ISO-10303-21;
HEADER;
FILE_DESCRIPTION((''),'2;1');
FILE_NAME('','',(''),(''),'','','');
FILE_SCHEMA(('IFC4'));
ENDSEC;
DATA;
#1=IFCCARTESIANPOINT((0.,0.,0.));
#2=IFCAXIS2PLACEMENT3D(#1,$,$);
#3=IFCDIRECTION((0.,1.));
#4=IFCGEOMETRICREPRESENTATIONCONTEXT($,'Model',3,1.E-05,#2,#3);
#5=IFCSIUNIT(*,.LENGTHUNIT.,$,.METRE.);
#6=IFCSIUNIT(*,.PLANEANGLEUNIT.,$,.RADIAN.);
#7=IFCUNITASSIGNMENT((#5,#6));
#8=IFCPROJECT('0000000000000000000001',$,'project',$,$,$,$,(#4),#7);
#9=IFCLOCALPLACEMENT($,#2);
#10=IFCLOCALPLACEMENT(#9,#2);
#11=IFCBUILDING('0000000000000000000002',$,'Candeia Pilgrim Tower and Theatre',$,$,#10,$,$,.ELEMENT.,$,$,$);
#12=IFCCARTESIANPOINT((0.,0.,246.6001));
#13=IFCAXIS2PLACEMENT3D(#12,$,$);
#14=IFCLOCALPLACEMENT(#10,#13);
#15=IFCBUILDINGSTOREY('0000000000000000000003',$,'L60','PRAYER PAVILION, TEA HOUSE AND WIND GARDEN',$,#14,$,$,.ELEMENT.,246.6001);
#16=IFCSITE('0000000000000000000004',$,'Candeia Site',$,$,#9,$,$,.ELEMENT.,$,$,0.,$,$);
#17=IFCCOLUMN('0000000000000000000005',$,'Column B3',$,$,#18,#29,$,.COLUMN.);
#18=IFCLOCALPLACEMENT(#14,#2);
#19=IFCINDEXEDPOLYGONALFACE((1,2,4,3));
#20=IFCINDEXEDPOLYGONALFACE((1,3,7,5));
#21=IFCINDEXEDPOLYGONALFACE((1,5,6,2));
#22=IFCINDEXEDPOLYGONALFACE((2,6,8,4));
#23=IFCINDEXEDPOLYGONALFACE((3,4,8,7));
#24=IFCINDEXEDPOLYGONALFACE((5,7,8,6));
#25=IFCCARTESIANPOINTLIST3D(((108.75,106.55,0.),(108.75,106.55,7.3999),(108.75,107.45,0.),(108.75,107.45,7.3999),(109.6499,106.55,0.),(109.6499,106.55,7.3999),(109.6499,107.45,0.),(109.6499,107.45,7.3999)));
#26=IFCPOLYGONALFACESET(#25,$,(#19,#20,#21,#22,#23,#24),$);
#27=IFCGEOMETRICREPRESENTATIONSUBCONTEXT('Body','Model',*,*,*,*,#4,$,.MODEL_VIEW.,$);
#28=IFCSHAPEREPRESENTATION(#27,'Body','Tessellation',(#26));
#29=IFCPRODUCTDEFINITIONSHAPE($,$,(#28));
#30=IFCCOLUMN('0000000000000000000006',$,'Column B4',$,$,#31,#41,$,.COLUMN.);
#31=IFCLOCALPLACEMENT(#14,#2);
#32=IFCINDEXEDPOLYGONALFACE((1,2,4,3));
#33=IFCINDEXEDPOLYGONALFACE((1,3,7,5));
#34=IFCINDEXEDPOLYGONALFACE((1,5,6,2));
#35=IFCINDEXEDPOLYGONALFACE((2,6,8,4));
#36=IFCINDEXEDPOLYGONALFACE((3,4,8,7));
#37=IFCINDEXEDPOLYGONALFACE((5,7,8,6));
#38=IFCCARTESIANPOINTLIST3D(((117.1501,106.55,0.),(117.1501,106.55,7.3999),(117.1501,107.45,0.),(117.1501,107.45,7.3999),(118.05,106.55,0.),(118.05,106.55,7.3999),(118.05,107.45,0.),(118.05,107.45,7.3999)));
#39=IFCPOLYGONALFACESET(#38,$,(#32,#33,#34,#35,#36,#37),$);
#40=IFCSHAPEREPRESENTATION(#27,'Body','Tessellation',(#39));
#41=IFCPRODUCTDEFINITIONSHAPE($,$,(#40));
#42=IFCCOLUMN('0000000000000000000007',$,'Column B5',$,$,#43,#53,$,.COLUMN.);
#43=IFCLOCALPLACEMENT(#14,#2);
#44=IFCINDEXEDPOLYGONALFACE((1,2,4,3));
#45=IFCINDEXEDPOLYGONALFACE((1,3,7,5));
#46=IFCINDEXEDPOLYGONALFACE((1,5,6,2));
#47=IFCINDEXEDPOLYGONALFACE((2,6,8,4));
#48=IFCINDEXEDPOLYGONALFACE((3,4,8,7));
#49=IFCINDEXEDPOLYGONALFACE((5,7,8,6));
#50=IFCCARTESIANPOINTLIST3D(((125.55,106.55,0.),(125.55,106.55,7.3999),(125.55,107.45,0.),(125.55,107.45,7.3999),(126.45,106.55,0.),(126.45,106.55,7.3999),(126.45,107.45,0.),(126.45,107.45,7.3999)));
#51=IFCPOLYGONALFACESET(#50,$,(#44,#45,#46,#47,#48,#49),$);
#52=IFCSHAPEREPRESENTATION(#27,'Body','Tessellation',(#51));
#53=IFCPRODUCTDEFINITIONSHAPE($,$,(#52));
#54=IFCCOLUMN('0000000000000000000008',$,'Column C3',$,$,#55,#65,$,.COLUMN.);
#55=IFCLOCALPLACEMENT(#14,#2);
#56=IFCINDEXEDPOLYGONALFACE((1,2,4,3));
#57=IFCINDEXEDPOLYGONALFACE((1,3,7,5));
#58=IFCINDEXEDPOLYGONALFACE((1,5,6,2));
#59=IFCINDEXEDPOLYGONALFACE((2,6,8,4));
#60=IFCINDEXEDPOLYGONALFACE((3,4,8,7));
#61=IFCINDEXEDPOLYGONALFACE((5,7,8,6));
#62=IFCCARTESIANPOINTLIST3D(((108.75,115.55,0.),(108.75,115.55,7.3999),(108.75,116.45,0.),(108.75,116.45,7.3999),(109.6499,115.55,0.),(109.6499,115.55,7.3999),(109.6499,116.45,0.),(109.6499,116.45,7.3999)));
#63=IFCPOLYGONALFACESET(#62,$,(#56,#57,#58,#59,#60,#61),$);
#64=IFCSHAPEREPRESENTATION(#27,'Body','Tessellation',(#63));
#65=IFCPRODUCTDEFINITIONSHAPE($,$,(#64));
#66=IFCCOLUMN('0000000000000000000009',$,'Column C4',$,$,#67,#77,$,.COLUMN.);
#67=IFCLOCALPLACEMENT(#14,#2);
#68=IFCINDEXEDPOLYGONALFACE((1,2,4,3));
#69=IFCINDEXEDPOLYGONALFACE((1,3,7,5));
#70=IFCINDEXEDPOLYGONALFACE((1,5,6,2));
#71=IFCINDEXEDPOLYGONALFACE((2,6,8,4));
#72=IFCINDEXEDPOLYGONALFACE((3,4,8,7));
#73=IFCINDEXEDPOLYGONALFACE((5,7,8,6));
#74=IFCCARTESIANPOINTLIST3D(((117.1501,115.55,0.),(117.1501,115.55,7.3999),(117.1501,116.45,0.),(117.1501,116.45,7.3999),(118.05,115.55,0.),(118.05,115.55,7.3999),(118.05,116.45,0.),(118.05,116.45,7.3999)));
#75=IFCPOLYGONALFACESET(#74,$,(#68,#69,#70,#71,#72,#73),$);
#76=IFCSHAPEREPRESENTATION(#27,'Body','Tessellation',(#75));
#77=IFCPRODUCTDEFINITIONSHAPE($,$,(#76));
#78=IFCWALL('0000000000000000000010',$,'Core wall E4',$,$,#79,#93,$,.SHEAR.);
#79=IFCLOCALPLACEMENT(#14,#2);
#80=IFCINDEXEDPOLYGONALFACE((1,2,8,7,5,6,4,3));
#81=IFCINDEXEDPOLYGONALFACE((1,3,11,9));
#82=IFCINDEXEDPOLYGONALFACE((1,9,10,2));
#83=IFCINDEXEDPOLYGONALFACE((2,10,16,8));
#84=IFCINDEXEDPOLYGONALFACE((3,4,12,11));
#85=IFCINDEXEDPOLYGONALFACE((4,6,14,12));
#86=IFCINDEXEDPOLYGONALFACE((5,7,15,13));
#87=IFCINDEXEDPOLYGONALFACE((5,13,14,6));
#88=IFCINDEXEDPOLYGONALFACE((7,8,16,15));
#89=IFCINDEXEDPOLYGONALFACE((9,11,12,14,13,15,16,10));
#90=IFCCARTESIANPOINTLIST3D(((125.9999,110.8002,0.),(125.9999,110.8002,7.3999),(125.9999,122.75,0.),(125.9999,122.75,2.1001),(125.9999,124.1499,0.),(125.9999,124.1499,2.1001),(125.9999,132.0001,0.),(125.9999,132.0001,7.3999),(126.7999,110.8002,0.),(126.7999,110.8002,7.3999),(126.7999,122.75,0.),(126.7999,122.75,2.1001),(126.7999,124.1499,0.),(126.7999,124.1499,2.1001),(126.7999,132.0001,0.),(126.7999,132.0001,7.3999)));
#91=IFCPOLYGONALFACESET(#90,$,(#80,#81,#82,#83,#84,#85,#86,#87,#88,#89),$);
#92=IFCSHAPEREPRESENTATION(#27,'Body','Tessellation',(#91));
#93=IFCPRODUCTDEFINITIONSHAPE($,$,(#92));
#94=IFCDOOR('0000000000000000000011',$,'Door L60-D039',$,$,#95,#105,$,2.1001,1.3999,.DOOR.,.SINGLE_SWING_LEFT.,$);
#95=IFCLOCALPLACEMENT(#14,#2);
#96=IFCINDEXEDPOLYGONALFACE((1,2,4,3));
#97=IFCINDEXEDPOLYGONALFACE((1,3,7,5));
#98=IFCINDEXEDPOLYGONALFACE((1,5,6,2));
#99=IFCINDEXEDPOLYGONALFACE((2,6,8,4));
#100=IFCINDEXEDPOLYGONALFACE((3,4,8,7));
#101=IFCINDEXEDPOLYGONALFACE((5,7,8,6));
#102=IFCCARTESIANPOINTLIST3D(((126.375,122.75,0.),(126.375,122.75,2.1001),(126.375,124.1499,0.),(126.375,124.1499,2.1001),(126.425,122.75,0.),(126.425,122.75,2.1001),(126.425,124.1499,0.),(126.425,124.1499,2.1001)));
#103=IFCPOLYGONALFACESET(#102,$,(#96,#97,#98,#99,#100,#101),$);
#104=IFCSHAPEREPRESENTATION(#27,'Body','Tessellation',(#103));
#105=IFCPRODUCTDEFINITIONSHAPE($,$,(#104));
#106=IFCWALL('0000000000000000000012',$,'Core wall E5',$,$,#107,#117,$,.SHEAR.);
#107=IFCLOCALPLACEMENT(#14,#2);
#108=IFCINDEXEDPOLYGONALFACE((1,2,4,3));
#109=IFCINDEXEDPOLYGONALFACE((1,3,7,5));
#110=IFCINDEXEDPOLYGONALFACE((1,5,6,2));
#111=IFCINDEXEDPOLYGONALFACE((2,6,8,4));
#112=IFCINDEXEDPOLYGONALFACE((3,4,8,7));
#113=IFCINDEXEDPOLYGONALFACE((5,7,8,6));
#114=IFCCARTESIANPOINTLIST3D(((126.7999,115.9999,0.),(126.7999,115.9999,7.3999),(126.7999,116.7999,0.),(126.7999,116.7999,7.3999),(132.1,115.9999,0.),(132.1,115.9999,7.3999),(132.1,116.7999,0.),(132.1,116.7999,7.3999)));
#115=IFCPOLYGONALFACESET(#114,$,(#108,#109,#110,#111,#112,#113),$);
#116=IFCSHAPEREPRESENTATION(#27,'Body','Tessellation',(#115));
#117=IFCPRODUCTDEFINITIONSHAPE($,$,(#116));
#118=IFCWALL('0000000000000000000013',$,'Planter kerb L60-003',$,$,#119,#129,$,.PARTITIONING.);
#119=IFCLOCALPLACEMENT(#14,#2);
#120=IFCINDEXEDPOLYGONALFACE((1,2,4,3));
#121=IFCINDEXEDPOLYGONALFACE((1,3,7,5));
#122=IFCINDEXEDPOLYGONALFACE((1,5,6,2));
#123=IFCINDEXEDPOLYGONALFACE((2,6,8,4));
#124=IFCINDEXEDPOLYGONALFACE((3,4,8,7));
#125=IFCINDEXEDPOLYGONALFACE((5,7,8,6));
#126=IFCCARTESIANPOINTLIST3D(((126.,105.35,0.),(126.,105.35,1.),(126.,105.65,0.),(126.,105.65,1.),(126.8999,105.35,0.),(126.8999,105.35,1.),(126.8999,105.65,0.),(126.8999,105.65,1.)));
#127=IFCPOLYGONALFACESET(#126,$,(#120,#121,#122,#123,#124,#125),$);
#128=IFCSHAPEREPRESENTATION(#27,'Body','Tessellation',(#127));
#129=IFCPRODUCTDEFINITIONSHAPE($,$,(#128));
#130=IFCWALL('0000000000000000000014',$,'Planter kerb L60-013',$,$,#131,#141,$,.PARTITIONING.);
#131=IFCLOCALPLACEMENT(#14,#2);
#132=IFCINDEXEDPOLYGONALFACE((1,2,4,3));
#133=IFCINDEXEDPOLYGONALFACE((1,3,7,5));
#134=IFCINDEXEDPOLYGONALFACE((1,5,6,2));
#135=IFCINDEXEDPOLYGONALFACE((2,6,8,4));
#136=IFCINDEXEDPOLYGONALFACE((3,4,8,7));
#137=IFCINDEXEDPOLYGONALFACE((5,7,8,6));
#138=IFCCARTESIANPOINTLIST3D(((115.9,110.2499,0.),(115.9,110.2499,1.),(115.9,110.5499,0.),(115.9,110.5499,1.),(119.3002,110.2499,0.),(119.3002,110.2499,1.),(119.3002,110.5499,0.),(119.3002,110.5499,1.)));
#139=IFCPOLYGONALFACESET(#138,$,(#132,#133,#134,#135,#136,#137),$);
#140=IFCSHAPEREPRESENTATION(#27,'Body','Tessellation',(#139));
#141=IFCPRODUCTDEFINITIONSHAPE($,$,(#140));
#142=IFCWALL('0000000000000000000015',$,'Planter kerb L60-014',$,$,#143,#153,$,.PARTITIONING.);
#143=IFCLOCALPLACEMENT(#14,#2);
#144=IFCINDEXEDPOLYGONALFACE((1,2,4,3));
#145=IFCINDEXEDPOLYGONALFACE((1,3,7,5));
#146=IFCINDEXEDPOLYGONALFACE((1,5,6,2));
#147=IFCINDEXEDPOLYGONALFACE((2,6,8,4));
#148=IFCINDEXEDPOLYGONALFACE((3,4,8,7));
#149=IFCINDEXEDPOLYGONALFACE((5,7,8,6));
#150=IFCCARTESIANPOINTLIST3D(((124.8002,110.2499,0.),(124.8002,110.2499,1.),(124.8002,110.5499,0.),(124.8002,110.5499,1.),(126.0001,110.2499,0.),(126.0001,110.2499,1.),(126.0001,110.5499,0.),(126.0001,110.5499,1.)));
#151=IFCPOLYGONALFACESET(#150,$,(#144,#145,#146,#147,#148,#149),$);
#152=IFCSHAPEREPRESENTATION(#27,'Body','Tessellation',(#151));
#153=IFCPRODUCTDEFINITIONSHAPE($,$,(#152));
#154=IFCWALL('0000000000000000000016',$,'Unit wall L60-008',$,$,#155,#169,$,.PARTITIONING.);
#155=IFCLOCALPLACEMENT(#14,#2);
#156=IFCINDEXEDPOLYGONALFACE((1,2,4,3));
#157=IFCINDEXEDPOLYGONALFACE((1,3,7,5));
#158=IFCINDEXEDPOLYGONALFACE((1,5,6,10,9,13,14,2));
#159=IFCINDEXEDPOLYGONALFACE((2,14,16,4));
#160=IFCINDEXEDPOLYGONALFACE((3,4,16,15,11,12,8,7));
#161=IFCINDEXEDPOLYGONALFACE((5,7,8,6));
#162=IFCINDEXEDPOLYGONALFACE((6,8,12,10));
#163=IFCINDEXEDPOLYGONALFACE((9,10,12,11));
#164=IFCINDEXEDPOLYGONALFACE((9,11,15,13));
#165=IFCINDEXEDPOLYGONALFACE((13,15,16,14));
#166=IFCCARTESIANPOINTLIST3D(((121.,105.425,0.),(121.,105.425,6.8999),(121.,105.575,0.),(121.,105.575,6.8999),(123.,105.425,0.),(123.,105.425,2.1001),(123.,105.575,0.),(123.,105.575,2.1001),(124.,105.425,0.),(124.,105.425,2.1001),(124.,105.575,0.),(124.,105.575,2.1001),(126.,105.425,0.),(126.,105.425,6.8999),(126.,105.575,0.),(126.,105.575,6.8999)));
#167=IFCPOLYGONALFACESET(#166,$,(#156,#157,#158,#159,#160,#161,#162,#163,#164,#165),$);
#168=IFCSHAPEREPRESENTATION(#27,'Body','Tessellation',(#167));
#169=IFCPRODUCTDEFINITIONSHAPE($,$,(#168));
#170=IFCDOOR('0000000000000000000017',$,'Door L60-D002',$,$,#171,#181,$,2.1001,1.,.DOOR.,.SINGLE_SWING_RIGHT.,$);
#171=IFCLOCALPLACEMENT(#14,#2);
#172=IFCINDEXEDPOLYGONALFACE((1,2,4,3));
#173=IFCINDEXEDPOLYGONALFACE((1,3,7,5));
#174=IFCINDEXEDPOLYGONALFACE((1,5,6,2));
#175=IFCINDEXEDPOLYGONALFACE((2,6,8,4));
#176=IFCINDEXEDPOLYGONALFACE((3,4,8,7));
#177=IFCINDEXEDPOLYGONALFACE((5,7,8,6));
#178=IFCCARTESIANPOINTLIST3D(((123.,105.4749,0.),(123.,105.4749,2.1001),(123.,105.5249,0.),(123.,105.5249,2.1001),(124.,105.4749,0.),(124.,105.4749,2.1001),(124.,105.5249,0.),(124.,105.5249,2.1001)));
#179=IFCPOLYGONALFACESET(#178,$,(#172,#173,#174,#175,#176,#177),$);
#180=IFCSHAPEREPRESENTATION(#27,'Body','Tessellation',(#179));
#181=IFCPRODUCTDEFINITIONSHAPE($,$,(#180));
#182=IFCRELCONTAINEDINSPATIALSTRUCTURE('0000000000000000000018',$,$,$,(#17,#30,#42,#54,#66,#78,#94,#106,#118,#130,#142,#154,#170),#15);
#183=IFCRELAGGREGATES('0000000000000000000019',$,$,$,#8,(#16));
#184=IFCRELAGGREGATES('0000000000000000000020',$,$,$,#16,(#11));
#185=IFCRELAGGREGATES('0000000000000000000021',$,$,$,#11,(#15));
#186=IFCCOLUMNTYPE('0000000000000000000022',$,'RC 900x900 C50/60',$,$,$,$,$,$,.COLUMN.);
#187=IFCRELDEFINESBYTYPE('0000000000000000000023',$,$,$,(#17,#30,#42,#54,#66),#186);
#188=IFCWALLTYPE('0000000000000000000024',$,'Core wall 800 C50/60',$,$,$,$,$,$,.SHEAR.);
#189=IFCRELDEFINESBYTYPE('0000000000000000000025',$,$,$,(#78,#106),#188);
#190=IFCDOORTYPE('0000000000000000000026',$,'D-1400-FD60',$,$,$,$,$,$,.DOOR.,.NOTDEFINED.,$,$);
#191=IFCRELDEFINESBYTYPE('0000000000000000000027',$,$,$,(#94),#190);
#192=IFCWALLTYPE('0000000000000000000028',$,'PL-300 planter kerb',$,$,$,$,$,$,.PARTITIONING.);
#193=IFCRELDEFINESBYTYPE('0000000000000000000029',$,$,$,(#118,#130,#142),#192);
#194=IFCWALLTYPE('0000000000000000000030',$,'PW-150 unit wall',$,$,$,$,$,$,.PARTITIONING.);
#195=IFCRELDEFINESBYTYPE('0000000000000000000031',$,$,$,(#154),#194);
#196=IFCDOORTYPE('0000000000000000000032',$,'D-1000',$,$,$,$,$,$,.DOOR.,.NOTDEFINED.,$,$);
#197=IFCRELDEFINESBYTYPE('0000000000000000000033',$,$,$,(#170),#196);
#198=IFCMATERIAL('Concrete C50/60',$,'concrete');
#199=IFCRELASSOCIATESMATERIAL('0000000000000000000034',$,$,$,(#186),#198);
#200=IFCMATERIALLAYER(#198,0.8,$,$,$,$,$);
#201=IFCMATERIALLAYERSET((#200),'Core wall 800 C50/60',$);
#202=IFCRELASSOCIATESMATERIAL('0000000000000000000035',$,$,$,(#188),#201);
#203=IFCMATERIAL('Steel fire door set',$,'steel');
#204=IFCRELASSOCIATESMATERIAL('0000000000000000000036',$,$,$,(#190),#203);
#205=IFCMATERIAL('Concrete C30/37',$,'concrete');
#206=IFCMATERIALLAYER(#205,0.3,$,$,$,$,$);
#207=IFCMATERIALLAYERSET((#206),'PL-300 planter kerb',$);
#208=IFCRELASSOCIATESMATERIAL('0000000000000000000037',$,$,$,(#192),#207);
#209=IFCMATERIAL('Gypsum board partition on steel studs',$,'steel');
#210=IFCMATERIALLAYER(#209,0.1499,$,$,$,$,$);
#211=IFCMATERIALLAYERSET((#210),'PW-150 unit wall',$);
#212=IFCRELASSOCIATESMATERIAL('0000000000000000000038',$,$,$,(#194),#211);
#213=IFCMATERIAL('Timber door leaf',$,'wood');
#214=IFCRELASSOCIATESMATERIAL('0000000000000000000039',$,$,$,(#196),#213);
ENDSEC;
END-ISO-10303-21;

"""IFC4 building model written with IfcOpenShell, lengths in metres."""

from ifc_helpers import new_model, si_unit, direction, frame, frame_2d, origin, origin_2d, place, context, subcontext, project, spatial, rectangle, extrude, material, layer, layer_set, material_profile, profile_set, type_object, element, fill, save


model = new_model("IFC4")

# Units and contexts
model_context = context("Model", 3, precision=1e-05, world=origin(), true_north=direction((0.0, 1.0)))
body_context = subcontext(model_context, "Body", "Model", "MODEL_VIEW")
ifc_project = project(units=[si_unit("LENGTHUNIT", "METRE"), si_unit("PLANEANGLEUNIT", "RADIAN")], contexts=[model_context])

# Site, building, storey
site_placement = place(None, origin())
site = spatial("IfcSite", under=ifc_project, at=site_placement, Name="Candeia Site", CompositionType="ELEMENT", RefElevation=0.0)
building_placement = place(site_placement, origin())
building = spatial("IfcBuilding", under=site, at=building_placement, Name="Candeia Pilgrim Tower and Theatre", CompositionType="ELEMENT")
storey_placement = place(building_placement, frame((0.0, 0.0, 246.6001)))
storey = spatial("IfcBuildingStorey", under=building, at=storey_placement, Name="L60", Description="PRAYER PAVILION, TEA HOUSE AND WIND GARDEN", CompositionType="ELEMENT", Elevation=246.6001)

# Columns
ifc_material_1 = material(Name="Concrete C50/60", Category="concrete")
ifc_material_profile = material_profile(ifc_material_1, rectangle(XDim=0.8999, YDim=0.8999, at=origin_2d()))
ifc_profile_set = profile_set([ifc_material_profile], Name="Concrete C50/60")
column_type = type_object("IfcColumnType", Name="RC 900x900 C50/60", PredefinedType="COLUMN", material=ifc_profile_set)
for number, where, z_axis, x_axis, name in (
    (1, (109.2, 107.0, 0.0), (0.0, 0.0, 1.0), (1.0, 0.0, 0.0), "Column B3"),
    (2, (117.6001, 107.0, 0.0), (0.0, 0.0, 1.0), (1.0, 0.0, 0.0), "Column B4"),
    (3, (126.0, 107.0, 0.0), (0.0, 0.0, 1.0), (1.0, 0.0, 0.0), "Column B5"),
    (4, (109.2, 116.0, 0.0), (0.0, 0.0, 1.0), (1.0, 0.0, 0.0), "Column C3"),
    (5, (117.6001, 116.0, 0.0), (0.0, 0.0, 1.0), (1.0, 0.0, 0.0), "Column C4"),
):
    element("IfcColumn", number, at=place(storey_placement, frame(where, z_axis=z_axis, x_axis=x_axis)), inside=storey, type_object=column_type, Name=name, PredefinedType="COLUMN", context=body_context, shape_type="SweptSolid", body=[
        extrude(rectangle(XDim=0.8999, YDim=0.8999, at=origin_2d()), origin(), (0.0, 0.0, 1.0), 7.3999),
    ])

# Wall, opening, door
ifc_layer_1 = layer(ifc_material_1, 0.8)
ifc_layer_set_1 = layer_set([ifc_layer_1], Name="Core wall 800 C50/60")
wall_type_1 = type_object("IfcWallType", Name="Core wall 800 C50/60", PredefinedType="SHEAR", material=ifc_layer_set_1)
wall_1_placement = place(storey_placement, frame((126.3999, 110.8, 0.0), z_axis=(0.0, 0.0, 1.0), x_axis=(0.0, 1.0, 0.0)))
wall_1 = element("IfcWall", 6, at=wall_1_placement, inside=storey, type_object=wall_type_1, Name="Core wall E4", PredefinedType="SHEAR", context=body_context, shape_type="SweptSolid", body=[
    extrude(rectangle(XDim=21.2, YDim=0.8, at=frame_2d((10.6001, 0.0))), origin(), (0.0, 0.0, 1.0), 7.3999),
])
opening_1_placement = place(wall_1_placement, frame((11.95, 0.0, 0.0)))
opening_1 = element("IfcOpeningElement", 7, at=opening_1_placement, cuts=wall_1, PredefinedType="OPENING", context=body_context, shape_type="SweptSolid", body=[
    extrude(rectangle(XDim=1.3999, YDim=2.1001, at=frame_2d((0.7, 1.05))), frame((0.0, 0.4102, 0.0), z_axis=(0.0, -1.0, 0.0), x_axis=(1.0, 0.0, 0.0)), (0.0, 0.0, 1.0), 0.8201),
])
ifc_material_2 = material(Name="Steel fire door set", Category="steel")
door_type_1 = type_object("IfcDoorType", Name="D-1400-FD60", OperationType="NOTDEFINED", PredefinedType="DOOR", material=ifc_material_2)
door_1_placement = place(opening_1_placement, origin())
door_1 = element("IfcDoor", 8, at=door_1_placement, inside=storey, type_object=door_type_1, Name="Door L60-D039", OperationType="SINGLE_SWING_LEFT", OverallHeight=2.1001, OverallWidth=1.3999, PredefinedType="DOOR", context=body_context, shape_type="SweptSolid", body=[
    extrude(rectangle(XDim=1.3999, YDim=2.1001, at=frame_2d((0.7, 1.05))), frame((0.0, 0.0249, 0.0), z_axis=(0.0, -1.0, 0.0), x_axis=(1.0, 0.0, 0.0)), (0.0, 0.0, 1.0), 0.05),
])
fill(opening_1, door_1)

# Walls
wall_2_placement = place(storey_placement, frame((126.8, 116.3999, 0.0), z_axis=(0.0, 0.0, 1.0), x_axis=(1.0, 0.0, 0.0)))
element("IfcWall", 9, at=wall_2_placement, inside=storey, type_object=wall_type_1, Name="Core wall E5", PredefinedType="SHEAR", context=body_context, shape_type="SweptSolid", body=[
    extrude(rectangle(XDim=5.3, YDim=0.8, at=frame_2d((2.6499, 0.0))), origin(), (0.0, 0.0, 1.0), 7.3999),
])
ifc_material_3 = material(Name="Concrete C30/37", Category="concrete")
ifc_layer_2 = layer(ifc_material_3, 0.3)
ifc_layer_set_2 = layer_set([ifc_layer_2], Name="PL-300 planter kerb")
wall_type_2 = type_object("IfcWallType", Name="PL-300 planter kerb", PredefinedType="PARTITIONING", material=ifc_layer_set_2)
wall_3_placement = place(storey_placement, frame((126.0, 105.5, 0.0), z_axis=(0.0, 0.0, 1.0), x_axis=(1.0, 0.0, 0.0)))
element("IfcWall", 10, at=wall_3_placement, inside=storey, type_object=wall_type_2, Name="Planter kerb L60-003", PredefinedType="PARTITIONING", context=body_context, shape_type="SweptSolid", body=[
    extrude(rectangle(XDim=0.8999, YDim=0.3, at=frame_2d((0.45, 0.0))), origin(), (0.0, 0.0, 1.0), 1.0),
])
wall_4_placement = place(storey_placement, frame((115.8999, 110.3999, 0.0), z_axis=(0.0, 0.0, 1.0), x_axis=(1.0, 0.0, 0.0)))
element("IfcWall", 11, at=wall_4_placement, inside=storey, type_object=wall_type_2, Name="Planter kerb L60-013", PredefinedType="PARTITIONING", context=body_context, shape_type="SweptSolid", body=[
    extrude(rectangle(XDim=3.4001, YDim=0.3, at=frame_2d((1.7002, 0.0))), origin(), (0.0, 0.0, 1.0), 1.0),
])
wall_5_placement = place(storey_placement, frame((124.8, 110.3999, 0.0), z_axis=(0.0, 0.0, 1.0), x_axis=(1.0, 0.0, 0.0)))
element("IfcWall", 12, at=wall_5_placement, inside=storey, type_object=wall_type_2, Name="Planter kerb L60-014", PredefinedType="PARTITIONING", context=body_context, shape_type="SweptSolid", body=[
    extrude(rectangle(XDim=1.2, YDim=0.3, at=frame_2d((0.6001, 0.0))), origin(), (0.0, 0.0, 1.0), 1.0),
])

# Wall, opening, door
ifc_material_4 = material(Name="Gypsum board partition on steel studs", Category="steel")
ifc_layer_3 = layer(ifc_material_4, 0.1499)
ifc_layer_set_3 = layer_set([ifc_layer_3], Name="PW-150 unit wall")
wall_type_3 = type_object("IfcWallType", Name="PW-150 unit wall", PredefinedType="PARTITIONING", material=ifc_layer_set_3)
wall_6_placement = place(storey_placement, frame((121.0, 105.5, 0.0), z_axis=(0.0, 0.0, 1.0), x_axis=(1.0, 0.0, 0.0)))
wall_6 = element("IfcWall", 13, at=wall_6_placement, inside=storey, type_object=wall_type_3, Name="Unit wall L60-008", PredefinedType="PARTITIONING", context=body_context, shape_type="SweptSolid", body=[
    extrude(rectangle(XDim=5.0, YDim=0.1499, at=frame_2d((2.5, 0.0))), origin(), (0.0, 0.0, 1.0), 6.8999),
])
opening_2_placement = place(wall_6_placement, frame((2.0, 0.0, 0.0)))
opening_2 = element("IfcOpeningElement", 14, at=opening_2_placement, cuts=wall_6, PredefinedType="OPENING", context=body_context, shape_type="SweptSolid", body=[
    extrude(rectangle(XDim=1.0, YDim=2.1001, at=frame_2d((0.5, 1.05))), frame((0.0, 0.085, 0.0), z_axis=(0.0, -1.0, 0.0), x_axis=(1.0, 0.0, 0.0)), (0.0, 0.0, 1.0), 0.1699),
])
ifc_material_5 = material(Name="Timber door leaf", Category="wood")
door_type_2 = type_object("IfcDoorType", Name="D-1000", OperationType="NOTDEFINED", PredefinedType="DOOR", material=ifc_material_5)
door_2_placement = place(opening_2_placement, origin())
door_2 = element("IfcDoor", 15, at=door_2_placement, inside=storey, type_object=door_type_2, Name="Door L60-D002", OperationType="SINGLE_SWING_RIGHT", OverallHeight=2.1001, OverallWidth=1.0, PredefinedType="DOOR", context=body_context, shape_type="SweptSolid", body=[
    extrude(rectangle(XDim=1.0, YDim=2.1001, at=frame_2d((0.5, 1.05))), frame((0.0, 0.0249, 0.0), z_axis=(0.0, -1.0, 0.0), x_axis=(1.0, 0.0, 0.0)), (0.0, 0.0, 1.0), 0.05),
])
fill(opening_2, door_2)

save(model, "model.ifc")
